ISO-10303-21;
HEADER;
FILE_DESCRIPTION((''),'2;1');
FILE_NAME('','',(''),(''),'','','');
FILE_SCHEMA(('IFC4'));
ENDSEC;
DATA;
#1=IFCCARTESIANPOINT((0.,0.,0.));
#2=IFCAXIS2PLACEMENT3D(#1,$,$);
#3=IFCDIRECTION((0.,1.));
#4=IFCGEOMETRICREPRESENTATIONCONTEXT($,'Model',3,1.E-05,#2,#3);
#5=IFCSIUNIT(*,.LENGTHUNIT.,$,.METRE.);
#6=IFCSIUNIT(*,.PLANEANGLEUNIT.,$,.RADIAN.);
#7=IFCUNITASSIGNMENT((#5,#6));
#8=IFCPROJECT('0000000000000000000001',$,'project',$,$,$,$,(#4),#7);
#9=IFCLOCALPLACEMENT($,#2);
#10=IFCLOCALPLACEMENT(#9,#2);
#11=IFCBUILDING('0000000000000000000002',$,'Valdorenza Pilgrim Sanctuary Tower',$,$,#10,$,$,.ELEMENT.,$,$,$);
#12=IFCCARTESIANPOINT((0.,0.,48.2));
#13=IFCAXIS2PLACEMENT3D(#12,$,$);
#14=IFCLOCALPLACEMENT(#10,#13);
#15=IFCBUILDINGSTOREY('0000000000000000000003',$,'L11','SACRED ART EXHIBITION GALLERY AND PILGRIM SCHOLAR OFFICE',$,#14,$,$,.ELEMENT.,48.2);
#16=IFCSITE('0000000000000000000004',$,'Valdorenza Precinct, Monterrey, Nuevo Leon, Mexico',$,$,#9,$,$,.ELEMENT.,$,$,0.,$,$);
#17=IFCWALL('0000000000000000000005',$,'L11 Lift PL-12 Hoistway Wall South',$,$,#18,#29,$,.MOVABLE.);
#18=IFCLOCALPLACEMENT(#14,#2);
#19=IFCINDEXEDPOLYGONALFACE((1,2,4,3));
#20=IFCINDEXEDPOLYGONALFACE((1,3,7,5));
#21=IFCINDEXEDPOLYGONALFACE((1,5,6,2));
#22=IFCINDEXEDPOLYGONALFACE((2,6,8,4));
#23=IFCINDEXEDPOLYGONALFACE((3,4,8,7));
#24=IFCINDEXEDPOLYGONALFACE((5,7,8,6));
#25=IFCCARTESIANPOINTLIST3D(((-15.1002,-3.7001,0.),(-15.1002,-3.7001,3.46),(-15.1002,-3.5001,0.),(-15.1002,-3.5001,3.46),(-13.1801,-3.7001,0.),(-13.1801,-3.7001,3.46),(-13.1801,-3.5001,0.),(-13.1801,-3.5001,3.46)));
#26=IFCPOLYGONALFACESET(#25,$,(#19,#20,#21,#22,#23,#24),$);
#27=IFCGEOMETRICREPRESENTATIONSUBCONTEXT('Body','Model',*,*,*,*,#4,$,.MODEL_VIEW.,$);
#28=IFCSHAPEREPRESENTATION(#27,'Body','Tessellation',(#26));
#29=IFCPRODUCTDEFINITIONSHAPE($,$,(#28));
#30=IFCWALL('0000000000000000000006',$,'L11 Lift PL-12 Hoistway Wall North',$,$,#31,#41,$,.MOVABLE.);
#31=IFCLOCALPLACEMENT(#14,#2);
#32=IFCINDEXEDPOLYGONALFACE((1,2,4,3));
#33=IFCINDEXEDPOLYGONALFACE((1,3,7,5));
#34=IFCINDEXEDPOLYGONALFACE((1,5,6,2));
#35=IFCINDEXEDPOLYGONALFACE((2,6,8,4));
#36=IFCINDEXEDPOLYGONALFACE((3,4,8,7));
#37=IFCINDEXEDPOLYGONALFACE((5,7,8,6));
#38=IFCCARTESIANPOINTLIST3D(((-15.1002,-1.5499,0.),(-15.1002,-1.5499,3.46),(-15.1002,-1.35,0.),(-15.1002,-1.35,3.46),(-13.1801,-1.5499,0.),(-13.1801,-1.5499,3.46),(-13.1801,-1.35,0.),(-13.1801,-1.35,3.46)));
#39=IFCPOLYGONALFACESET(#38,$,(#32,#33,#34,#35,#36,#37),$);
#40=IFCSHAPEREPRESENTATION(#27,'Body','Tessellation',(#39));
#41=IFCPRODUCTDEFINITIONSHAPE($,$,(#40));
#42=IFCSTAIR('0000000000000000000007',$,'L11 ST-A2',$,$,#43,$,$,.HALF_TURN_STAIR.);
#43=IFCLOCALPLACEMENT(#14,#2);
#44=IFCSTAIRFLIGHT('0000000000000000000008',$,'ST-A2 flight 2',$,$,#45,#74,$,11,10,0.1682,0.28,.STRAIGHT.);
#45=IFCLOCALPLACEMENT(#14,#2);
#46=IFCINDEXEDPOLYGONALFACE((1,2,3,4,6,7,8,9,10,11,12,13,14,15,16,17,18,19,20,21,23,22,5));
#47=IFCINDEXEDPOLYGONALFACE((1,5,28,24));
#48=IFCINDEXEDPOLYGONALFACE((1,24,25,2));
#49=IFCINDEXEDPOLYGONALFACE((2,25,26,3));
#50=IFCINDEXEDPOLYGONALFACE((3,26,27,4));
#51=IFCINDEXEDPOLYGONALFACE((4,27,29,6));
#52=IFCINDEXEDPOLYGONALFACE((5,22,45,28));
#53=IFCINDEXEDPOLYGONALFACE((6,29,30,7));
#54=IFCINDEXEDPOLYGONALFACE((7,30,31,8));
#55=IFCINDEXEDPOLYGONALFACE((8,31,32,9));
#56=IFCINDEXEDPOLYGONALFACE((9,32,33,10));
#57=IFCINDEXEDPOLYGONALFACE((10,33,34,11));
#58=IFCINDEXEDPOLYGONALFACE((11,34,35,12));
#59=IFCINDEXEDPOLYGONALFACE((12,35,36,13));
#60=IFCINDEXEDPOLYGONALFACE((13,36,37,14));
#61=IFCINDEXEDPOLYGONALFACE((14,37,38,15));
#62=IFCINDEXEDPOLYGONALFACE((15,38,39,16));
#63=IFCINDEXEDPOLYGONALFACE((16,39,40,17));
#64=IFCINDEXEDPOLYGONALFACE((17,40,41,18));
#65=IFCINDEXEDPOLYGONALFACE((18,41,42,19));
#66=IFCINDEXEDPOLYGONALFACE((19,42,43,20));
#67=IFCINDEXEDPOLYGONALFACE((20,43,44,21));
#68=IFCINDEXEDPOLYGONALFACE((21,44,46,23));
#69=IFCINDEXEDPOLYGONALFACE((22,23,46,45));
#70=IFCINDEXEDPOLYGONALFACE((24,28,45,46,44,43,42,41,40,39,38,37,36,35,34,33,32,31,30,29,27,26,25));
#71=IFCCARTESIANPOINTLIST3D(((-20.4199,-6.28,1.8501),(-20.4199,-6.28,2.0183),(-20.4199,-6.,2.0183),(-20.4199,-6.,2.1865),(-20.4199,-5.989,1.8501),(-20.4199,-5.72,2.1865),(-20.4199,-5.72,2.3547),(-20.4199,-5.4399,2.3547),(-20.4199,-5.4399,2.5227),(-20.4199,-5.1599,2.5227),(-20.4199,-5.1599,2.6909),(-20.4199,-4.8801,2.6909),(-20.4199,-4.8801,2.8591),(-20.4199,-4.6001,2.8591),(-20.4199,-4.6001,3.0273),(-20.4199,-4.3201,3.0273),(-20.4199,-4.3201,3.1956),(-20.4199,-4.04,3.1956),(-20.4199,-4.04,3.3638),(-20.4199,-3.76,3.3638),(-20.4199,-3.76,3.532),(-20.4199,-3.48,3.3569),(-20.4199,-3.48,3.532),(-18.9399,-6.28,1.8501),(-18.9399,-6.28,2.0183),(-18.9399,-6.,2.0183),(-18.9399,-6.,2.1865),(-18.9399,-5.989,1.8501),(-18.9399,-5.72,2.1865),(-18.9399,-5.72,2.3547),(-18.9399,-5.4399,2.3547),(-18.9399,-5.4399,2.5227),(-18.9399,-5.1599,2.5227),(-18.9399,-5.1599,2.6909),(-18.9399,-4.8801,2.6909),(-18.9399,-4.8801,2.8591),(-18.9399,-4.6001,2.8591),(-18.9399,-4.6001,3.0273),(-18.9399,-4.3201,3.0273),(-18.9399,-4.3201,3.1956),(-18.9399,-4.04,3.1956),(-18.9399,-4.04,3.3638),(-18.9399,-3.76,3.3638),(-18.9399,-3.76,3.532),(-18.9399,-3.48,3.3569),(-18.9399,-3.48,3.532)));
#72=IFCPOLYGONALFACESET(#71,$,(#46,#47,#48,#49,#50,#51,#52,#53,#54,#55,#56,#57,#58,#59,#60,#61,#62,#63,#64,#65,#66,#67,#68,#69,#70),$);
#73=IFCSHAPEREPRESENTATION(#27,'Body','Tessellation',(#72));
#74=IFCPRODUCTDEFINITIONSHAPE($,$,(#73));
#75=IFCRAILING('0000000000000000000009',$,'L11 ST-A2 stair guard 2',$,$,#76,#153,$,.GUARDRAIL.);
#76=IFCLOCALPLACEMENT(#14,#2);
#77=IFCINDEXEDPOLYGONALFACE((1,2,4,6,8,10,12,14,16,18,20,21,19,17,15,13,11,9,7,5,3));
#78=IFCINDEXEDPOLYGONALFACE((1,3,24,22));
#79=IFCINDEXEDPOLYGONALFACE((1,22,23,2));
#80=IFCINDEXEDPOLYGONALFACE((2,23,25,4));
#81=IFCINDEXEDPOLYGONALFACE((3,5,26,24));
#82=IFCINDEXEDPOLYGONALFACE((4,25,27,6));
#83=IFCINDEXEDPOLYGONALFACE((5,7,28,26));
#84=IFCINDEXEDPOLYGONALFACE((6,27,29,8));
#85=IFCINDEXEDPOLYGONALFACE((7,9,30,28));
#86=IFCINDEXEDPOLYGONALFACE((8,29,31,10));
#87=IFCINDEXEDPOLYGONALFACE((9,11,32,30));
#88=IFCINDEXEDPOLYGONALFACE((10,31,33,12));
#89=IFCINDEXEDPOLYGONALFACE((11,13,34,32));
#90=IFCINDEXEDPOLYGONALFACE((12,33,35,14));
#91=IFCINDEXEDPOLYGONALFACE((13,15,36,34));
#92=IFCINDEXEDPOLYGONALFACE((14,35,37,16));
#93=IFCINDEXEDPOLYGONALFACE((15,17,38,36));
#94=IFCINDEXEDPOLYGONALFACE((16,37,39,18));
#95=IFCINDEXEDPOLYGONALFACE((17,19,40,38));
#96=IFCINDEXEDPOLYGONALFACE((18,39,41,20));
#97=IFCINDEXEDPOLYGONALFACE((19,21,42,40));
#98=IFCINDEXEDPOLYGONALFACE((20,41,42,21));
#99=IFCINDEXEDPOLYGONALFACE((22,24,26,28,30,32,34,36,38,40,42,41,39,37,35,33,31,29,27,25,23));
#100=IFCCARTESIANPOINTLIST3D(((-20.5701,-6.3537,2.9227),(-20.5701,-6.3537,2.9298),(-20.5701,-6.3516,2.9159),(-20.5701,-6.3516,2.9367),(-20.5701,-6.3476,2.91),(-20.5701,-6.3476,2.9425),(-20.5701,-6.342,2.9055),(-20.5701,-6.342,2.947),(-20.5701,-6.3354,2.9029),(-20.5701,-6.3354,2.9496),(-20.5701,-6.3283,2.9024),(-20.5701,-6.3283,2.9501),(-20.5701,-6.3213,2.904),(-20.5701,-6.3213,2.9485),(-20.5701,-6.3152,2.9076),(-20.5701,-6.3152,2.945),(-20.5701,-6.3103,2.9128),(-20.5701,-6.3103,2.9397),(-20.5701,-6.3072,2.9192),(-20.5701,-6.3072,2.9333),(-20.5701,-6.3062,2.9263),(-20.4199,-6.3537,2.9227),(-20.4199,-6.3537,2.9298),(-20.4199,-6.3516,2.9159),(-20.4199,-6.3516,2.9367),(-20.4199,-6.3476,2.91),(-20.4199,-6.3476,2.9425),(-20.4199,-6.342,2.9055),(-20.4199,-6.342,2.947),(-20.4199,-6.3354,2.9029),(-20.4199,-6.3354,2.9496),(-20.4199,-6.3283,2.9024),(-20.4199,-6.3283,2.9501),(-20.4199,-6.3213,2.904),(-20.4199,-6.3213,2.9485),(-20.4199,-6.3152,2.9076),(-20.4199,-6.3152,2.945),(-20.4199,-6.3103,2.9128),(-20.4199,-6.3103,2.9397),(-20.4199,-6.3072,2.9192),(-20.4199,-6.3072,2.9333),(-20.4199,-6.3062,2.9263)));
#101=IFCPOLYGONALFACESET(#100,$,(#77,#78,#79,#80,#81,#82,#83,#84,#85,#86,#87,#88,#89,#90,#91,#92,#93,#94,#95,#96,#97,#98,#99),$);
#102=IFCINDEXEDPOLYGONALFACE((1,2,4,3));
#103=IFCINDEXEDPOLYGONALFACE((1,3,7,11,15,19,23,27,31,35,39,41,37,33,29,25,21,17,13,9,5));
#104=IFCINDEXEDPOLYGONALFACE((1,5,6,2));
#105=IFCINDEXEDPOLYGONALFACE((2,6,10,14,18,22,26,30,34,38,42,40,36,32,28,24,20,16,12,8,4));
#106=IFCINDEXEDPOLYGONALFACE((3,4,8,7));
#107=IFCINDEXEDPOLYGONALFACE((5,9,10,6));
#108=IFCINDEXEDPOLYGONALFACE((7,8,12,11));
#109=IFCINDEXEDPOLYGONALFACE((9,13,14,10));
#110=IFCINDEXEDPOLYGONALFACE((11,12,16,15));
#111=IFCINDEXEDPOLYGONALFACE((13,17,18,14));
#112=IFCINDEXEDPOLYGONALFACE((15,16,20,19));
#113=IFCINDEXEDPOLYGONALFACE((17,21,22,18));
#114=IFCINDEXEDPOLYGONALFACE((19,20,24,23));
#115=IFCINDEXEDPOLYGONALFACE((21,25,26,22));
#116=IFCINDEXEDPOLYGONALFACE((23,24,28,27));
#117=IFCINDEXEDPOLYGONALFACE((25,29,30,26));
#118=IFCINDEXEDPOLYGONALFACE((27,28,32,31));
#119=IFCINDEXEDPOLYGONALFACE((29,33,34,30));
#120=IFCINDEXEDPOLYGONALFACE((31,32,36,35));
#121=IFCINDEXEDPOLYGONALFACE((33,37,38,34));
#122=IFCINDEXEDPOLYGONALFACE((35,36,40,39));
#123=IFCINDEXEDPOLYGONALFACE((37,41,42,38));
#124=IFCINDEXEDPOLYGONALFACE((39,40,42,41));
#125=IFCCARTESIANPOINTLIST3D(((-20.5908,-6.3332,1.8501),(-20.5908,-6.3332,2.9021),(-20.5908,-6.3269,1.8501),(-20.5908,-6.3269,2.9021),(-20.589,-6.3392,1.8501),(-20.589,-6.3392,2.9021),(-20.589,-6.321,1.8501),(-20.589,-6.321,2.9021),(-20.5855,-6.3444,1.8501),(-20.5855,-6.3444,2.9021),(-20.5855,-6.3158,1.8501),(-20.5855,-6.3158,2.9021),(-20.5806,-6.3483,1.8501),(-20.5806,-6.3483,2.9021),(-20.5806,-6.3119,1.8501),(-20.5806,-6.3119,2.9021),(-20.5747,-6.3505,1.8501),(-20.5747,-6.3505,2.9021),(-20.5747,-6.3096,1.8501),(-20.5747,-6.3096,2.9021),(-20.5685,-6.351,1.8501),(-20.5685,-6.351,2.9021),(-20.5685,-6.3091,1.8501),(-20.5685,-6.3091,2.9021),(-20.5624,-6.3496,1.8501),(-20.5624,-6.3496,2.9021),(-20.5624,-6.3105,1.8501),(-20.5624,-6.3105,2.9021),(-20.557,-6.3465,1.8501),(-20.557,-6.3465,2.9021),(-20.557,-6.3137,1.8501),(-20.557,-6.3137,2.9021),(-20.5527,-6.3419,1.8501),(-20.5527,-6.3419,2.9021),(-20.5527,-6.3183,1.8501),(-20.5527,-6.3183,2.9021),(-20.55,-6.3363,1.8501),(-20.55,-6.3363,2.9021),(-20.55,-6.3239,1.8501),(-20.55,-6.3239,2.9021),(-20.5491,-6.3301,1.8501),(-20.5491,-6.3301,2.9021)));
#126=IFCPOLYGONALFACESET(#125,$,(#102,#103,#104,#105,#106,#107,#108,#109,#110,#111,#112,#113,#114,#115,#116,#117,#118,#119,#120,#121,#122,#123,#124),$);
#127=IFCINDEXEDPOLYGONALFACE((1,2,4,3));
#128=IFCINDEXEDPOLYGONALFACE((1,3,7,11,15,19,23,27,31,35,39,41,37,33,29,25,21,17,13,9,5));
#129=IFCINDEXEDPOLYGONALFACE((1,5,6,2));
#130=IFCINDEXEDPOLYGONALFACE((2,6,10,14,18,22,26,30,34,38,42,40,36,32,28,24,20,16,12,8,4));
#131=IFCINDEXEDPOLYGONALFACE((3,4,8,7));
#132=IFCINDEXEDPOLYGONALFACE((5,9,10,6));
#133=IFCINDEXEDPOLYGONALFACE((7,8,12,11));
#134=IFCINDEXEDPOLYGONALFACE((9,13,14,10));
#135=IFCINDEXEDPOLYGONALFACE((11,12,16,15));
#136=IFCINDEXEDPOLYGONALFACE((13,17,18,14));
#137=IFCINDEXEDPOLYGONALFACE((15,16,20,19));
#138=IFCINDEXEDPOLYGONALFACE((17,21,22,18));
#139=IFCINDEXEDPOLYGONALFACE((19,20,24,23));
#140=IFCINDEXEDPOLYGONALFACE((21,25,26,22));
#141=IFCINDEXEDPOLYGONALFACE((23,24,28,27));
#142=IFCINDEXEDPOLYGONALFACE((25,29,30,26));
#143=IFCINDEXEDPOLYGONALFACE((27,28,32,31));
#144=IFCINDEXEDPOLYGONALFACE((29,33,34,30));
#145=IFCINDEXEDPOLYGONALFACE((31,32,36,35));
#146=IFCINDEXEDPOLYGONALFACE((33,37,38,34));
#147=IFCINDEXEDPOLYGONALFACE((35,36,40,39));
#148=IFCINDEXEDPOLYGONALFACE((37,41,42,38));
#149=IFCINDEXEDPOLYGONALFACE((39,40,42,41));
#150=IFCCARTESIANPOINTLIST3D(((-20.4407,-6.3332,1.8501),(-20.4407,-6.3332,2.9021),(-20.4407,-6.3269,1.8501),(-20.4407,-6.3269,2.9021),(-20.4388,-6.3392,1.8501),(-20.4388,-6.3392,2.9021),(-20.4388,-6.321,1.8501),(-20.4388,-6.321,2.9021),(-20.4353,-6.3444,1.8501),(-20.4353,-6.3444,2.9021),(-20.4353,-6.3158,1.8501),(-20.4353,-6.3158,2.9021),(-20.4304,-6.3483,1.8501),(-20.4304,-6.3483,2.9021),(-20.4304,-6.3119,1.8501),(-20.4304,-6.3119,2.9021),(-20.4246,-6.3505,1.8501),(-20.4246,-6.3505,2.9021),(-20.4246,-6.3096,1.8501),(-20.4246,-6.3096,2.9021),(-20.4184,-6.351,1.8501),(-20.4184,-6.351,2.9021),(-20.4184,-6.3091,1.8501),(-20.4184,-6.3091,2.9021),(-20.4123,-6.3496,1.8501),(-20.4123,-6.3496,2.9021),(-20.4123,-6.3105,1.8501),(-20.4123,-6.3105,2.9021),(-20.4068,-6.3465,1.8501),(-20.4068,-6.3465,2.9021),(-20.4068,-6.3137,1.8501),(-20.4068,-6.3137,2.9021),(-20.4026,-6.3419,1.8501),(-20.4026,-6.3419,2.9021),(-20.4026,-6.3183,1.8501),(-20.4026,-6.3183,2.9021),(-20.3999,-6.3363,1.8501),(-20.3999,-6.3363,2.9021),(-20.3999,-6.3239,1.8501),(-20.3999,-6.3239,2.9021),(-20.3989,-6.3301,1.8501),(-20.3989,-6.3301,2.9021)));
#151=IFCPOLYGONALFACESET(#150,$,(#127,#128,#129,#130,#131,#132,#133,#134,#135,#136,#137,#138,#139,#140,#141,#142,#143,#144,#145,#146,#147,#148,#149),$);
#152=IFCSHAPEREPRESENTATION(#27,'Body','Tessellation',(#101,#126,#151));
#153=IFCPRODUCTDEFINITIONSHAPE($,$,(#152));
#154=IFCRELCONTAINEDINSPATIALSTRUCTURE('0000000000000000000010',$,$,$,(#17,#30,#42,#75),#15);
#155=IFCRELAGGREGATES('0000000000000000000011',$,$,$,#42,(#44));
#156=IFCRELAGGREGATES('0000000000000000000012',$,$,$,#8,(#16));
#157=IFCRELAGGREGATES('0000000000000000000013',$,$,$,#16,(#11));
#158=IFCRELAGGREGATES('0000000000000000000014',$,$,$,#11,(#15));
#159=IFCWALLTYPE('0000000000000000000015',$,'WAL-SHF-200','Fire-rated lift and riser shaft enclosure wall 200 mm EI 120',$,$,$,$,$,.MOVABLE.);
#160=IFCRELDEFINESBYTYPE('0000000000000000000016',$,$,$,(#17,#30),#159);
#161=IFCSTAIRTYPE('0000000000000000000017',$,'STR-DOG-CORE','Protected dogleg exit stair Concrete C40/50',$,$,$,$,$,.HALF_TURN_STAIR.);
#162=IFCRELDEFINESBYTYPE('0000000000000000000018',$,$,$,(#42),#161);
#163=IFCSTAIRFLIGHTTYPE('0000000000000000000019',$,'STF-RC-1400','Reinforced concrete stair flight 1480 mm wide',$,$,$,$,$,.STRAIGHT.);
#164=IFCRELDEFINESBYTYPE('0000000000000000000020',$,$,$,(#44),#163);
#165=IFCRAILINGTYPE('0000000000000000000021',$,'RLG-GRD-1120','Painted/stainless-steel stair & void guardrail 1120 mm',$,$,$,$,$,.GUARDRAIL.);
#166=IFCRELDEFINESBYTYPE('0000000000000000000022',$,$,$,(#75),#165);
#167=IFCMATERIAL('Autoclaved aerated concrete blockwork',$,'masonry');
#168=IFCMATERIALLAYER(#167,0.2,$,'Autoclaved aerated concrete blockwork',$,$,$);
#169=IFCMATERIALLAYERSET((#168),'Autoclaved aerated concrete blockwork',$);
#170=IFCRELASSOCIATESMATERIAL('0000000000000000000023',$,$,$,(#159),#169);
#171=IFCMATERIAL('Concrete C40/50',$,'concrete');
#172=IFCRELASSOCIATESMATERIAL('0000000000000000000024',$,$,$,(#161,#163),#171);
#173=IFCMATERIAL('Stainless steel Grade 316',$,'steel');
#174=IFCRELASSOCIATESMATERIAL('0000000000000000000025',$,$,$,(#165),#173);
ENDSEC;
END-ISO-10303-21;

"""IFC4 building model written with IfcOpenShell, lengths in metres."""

from ifc_helpers import new_model, si_unit, direction, frame, frame_2d, origin, origin_2d, place, context, subcontext, project, spatial, polyline, rectangle, circle, outline, extrude, material, layer, layer_set, type_object, element, aggregate, save


model = new_model("IFC4")

# Units and contexts
model_context = context("Model", 3, precision=1e-05, world=origin(), true_north=direction((0.0, 1.0)))
body_context = subcontext(model_context, "Body", "Model", "MODEL_VIEW")
ifc_project = project(units=[si_unit("LENGTHUNIT", "METRE"), si_unit("PLANEANGLEUNIT", "RADIAN")], contexts=[model_context])

# Site, building, storey
site_placement = place(None, origin())
site = spatial("IfcSite", under=ifc_project, at=site_placement, Name="Valdorenza Precinct, Monterrey, Nuevo Leon, Mexico", CompositionType="ELEMENT", RefElevation=0.0)
building_placement = place(site_placement, origin())
building = spatial("IfcBuilding", under=site, at=building_placement, Name="Valdorenza Pilgrim Sanctuary Tower", CompositionType="ELEMENT")
storey_placement = place(building_placement, frame((0.0, 0.0, 48.2)))
storey = spatial("IfcBuildingStorey", under=building, at=storey_placement, Name="L11", Description="SACRED ART EXHIBITION GALLERY AND PILGRIM SCHOLAR OFFICE", CompositionType="ELEMENT", Elevation=48.2)

# Shared definitions
ifc_material_1 = material(Name="Autoclaved aerated concrete blockwork", Category="masonry")
ifc_layer_1 = layer(ifc_material_1, 0.2, Name="Autoclaved aerated concrete blockwork")
ifc_layer_set_1 = layer_set([ifc_layer_1], Name="Autoclaved aerated concrete blockwork")
wall_type_1 = type_object("IfcWallType", Name="WAL-SHF-200", Description="Fire-rated lift and riser shaft enclosure wall 200 mm EI 120", PredefinedType="MOVABLE", material=ifc_layer_set_1)

# Walls
for number, where, z_axis, x_axis, name in (
    (1, (-15.1001, -3.6001, 0.0), (0.0, 0.0, 1.0), (1.0, 0.0, 0.0), "L11 Lift PL-12 Hoistway Wall South"),
    (2, (-15.1001, -1.45, 0.0), (0.0, 0.0, 1.0), (1.0, 0.0, 0.0), "L11 Lift PL-12 Hoistway Wall North"),
):
    element("IfcWall", number, at=place(storey_placement, frame(where, z_axis=z_axis, x_axis=x_axis)), inside=storey, type_object=wall_type_1, Name=name, PredefinedType="MOVABLE", context=body_context, shape_type="SweptSolid", body=[
        extrude(rectangle(XDim=1.9202, YDim=0.2, at=frame_2d((0.96, 0.0))), origin(), (0.0, 0.0, 1.0), 3.46),
    ])

# Stair, stair flight
ifc_material_2 = material(Name="Concrete C40/50", Category="concrete")
stair_type = type_object("IfcStairType", Name="STR-DOG-CORE", Description="Protected dogleg exit stair Concrete C40/50", PredefinedType="HALF_TURN_STAIR", material=ifc_material_2)
stair_placement = place(storey_placement, origin())
stair = element("IfcStair", 3, at=stair_placement, inside=storey, type_object=stair_type, Name="L11 ST-A2", PredefinedType="HALF_TURN_STAIR")
stair_flight_type = type_object("IfcStairFlightType", Name="STF-RC-1400", Description="Reinforced concrete stair flight 1480 mm wide", PredefinedType="STRAIGHT", material=ifc_material_2)
stair_flight_placement = place(storey_placement, frame((-19.6799, -6.28, 1.8501), z_axis=(0.0, 0.0, 1.0), x_axis=(0.0, 1.0, 0.0)))
stair_flight = element("IfcStairFlight", 4, at=stair_flight_placement, type_object=stair_flight_type, Name="ST-A2 flight 2", NumberOfRisers=11, NumberOfTreads=10, PredefinedType="STRAIGHT", RiserHeight=0.1682, TreadLength=0.28, context=body_context, shape_type="SweptSolid", body=[
    extrude(outline(polyline([(0.0, 0.0), (0.0, 0.1682), (0.28, 0.1682), (0.28, 0.3364), (0.5601, 0.3364), (0.5601, 0.5046), (0.8401, 0.5046), (0.8401, 0.6726), (1.1201, 0.6726), (1.1201, 0.8408), (1.3999, 0.8408), (1.3999, 1.009), (1.6799, 1.009), (1.6799, 1.1772), (1.96, 1.1772), (1.96, 1.3455), (2.24, 1.3455), (2.24, 1.5137), (2.52, 1.5137), (2.52, 1.6819), (2.8, 1.6819), (2.8, 1.8501), (2.8, 1.5068), (0.291, 0.0), (0.0, 0.0)])), frame((0.0, 0.74, 0.0), z_axis=(0.0, -1.0, 0.0), x_axis=(1.0, 0.0, 0.0)), (0.0, 0.0, 1.0), 1.48),
])
aggregate(stair, [stair_flight])

# Railing
ifc_material_3 = material(Name="Stainless steel Grade 316", Category="steel")
railing_type_1 = type_object("IfcRailingType", Name="RLG-GRD-1120", Description="Painted/stainless-steel stair & void guardrail 1120 mm", PredefinedType="GUARDRAIL", material=ifc_material_3)
railing_1_placement = place(storey_placement, frame((-20.5701, -6.3301, 1.8501)))
element("IfcRailing", 5, at=railing_1_placement, inside=storey, type_object=railing_type_1, Name="L11 ST-A2 stair guard 2", PredefinedType="GUARDRAIL", context=body_context, shape_type="SweptSolid", body=[
    extrude(circle(Radius=0.0239, at=origin_2d()), frame((0.0, 0.0, 1.0762), z_axis=(1.0, 0.0, 0.0), x_axis=(0.0, 1.0, 0.0)), (0.0, 0.0, 1.0), 0.1501),
    extrude(circle(Radius=0.021, at=origin_2d()), origin(), (0.0, 0.0, 1.0), 1.052),
    extrude(circle(Radius=0.021, at=origin_2d()), frame((0.1501, 0.0, 0.0)), (0.0, 0.0, 1.0), 1.052),
])

save(model, "model.ifc")
